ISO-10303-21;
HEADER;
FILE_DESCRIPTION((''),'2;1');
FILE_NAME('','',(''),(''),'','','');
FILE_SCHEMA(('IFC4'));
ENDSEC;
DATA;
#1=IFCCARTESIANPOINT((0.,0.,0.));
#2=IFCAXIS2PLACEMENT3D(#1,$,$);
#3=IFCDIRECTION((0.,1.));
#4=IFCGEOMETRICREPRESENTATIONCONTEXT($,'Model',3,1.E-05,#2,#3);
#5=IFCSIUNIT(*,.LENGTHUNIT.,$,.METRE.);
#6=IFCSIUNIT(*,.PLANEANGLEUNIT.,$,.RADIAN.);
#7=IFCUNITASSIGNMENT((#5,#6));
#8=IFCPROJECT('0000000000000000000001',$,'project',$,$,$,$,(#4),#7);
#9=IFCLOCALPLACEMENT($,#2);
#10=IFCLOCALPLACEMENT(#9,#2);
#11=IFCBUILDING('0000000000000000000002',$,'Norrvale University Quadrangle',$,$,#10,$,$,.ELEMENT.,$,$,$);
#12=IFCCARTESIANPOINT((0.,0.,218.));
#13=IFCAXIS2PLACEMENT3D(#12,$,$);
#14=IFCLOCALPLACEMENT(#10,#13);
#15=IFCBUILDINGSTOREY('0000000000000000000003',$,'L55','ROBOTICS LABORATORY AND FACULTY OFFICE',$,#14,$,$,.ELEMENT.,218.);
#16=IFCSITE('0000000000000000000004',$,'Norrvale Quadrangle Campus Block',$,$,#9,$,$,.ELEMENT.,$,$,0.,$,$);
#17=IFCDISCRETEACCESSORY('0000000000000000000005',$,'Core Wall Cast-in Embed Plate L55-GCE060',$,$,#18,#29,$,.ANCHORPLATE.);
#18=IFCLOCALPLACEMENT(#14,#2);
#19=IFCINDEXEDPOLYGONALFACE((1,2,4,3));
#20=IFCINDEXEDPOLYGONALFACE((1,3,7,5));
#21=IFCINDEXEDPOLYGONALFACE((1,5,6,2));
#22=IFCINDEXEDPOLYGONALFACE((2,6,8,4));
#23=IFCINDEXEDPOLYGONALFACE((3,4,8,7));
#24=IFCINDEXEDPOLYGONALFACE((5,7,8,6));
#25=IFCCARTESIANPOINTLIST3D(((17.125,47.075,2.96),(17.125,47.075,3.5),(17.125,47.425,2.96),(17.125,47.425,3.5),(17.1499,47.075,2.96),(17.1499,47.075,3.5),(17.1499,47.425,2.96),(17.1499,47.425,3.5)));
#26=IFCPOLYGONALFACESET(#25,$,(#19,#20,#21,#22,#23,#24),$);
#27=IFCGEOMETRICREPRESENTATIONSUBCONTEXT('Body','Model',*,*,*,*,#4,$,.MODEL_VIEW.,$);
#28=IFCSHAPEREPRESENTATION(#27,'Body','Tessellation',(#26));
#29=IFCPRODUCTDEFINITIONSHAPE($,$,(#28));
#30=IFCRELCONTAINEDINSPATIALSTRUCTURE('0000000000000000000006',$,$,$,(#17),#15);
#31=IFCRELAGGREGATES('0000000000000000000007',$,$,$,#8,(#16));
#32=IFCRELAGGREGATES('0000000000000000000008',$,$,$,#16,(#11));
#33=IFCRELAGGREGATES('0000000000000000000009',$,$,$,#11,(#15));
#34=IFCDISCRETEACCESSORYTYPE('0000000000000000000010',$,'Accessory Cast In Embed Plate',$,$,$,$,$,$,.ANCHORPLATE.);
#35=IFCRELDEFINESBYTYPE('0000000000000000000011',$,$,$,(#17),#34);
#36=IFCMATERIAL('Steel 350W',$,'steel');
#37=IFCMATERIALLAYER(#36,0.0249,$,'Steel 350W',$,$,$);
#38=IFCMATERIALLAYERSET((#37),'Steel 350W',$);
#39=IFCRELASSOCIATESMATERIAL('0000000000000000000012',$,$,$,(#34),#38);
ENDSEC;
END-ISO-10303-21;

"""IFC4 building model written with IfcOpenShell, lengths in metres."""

from ifc_helpers import new_model, si_unit, direction, frame, origin, origin_2d, place, context, subcontext, project, spatial, rectangle, extrude, material, layer, layer_set, type_object, element, save


model = new_model("IFC4")

# Units and contexts
model_context = context("Model", 3, precision=1e-05, world=origin(), true_north=direction((0.0, 1.0)))
body_context = subcontext(model_context, "Body", "Model", "MODEL_VIEW")
ifc_project = project(units=[si_unit("LENGTHUNIT", "METRE"), si_unit("PLANEANGLEUNIT", "RADIAN")], contexts=[model_context])

# Site, building, storey
site_placement = place(None, origin())
site = spatial("IfcSite", under=ifc_project, at=site_placement, Name="Norrvale Quadrangle Campus Block", CompositionType="ELEMENT", RefElevation=0.0)
building_placement = place(site_placement, origin())
building = spatial("IfcBuilding", under=site, at=building_placement, Name="Norrvale University Quadrangle", CompositionType="ELEMENT")
storey_placement = place(building_placement, frame((0.0, 0.0, 218.0)))
storey = spatial("IfcBuildingStorey", under=building, at=storey_placement, Name="L55", Description="ROBOTICS LABORATORY AND FACULTY OFFICE", CompositionType="ELEMENT", Elevation=218.0)

# Shared definitions
ifc_material_1 = material(Name="Steel 350W", Category="steel")

# Discrete accessory
ifc_layer_1 = layer(ifc_material_1, 0.0249, Name="Steel 350W")
ifc_layer_set_1 = layer_set([ifc_layer_1], Name="Steel 350W")
discrete_accessory_type = type_object("IfcDiscreteAccessoryType", Name="Accessory Cast In Embed Plate", PredefinedType="ANCHORPLATE", material=ifc_layer_set_1)
discrete_accessory_placement = place(storey_placement, frame((17.1375, 47.25, 2.96), z_axis=(0.0, 0.0, 1.0), x_axis=(1.0, 0.0, 0.0)))
element("IfcDiscreteAccessory", 1, at=discrete_accessory_placement, inside=storey, type_object=discrete_accessory_type, Name="Core Wall Cast-in Embed Plate L55-GCE060", PredefinedType="ANCHORPLATE", context=body_context, shape_type="SweptSolid", body=[
    extrude(rectangle(XDim=0.0249, YDim=0.3501, at=origin_2d()), origin(), (0.0, 0.0, 1.0), 0.54),
])

save(model, "model.ifc")
